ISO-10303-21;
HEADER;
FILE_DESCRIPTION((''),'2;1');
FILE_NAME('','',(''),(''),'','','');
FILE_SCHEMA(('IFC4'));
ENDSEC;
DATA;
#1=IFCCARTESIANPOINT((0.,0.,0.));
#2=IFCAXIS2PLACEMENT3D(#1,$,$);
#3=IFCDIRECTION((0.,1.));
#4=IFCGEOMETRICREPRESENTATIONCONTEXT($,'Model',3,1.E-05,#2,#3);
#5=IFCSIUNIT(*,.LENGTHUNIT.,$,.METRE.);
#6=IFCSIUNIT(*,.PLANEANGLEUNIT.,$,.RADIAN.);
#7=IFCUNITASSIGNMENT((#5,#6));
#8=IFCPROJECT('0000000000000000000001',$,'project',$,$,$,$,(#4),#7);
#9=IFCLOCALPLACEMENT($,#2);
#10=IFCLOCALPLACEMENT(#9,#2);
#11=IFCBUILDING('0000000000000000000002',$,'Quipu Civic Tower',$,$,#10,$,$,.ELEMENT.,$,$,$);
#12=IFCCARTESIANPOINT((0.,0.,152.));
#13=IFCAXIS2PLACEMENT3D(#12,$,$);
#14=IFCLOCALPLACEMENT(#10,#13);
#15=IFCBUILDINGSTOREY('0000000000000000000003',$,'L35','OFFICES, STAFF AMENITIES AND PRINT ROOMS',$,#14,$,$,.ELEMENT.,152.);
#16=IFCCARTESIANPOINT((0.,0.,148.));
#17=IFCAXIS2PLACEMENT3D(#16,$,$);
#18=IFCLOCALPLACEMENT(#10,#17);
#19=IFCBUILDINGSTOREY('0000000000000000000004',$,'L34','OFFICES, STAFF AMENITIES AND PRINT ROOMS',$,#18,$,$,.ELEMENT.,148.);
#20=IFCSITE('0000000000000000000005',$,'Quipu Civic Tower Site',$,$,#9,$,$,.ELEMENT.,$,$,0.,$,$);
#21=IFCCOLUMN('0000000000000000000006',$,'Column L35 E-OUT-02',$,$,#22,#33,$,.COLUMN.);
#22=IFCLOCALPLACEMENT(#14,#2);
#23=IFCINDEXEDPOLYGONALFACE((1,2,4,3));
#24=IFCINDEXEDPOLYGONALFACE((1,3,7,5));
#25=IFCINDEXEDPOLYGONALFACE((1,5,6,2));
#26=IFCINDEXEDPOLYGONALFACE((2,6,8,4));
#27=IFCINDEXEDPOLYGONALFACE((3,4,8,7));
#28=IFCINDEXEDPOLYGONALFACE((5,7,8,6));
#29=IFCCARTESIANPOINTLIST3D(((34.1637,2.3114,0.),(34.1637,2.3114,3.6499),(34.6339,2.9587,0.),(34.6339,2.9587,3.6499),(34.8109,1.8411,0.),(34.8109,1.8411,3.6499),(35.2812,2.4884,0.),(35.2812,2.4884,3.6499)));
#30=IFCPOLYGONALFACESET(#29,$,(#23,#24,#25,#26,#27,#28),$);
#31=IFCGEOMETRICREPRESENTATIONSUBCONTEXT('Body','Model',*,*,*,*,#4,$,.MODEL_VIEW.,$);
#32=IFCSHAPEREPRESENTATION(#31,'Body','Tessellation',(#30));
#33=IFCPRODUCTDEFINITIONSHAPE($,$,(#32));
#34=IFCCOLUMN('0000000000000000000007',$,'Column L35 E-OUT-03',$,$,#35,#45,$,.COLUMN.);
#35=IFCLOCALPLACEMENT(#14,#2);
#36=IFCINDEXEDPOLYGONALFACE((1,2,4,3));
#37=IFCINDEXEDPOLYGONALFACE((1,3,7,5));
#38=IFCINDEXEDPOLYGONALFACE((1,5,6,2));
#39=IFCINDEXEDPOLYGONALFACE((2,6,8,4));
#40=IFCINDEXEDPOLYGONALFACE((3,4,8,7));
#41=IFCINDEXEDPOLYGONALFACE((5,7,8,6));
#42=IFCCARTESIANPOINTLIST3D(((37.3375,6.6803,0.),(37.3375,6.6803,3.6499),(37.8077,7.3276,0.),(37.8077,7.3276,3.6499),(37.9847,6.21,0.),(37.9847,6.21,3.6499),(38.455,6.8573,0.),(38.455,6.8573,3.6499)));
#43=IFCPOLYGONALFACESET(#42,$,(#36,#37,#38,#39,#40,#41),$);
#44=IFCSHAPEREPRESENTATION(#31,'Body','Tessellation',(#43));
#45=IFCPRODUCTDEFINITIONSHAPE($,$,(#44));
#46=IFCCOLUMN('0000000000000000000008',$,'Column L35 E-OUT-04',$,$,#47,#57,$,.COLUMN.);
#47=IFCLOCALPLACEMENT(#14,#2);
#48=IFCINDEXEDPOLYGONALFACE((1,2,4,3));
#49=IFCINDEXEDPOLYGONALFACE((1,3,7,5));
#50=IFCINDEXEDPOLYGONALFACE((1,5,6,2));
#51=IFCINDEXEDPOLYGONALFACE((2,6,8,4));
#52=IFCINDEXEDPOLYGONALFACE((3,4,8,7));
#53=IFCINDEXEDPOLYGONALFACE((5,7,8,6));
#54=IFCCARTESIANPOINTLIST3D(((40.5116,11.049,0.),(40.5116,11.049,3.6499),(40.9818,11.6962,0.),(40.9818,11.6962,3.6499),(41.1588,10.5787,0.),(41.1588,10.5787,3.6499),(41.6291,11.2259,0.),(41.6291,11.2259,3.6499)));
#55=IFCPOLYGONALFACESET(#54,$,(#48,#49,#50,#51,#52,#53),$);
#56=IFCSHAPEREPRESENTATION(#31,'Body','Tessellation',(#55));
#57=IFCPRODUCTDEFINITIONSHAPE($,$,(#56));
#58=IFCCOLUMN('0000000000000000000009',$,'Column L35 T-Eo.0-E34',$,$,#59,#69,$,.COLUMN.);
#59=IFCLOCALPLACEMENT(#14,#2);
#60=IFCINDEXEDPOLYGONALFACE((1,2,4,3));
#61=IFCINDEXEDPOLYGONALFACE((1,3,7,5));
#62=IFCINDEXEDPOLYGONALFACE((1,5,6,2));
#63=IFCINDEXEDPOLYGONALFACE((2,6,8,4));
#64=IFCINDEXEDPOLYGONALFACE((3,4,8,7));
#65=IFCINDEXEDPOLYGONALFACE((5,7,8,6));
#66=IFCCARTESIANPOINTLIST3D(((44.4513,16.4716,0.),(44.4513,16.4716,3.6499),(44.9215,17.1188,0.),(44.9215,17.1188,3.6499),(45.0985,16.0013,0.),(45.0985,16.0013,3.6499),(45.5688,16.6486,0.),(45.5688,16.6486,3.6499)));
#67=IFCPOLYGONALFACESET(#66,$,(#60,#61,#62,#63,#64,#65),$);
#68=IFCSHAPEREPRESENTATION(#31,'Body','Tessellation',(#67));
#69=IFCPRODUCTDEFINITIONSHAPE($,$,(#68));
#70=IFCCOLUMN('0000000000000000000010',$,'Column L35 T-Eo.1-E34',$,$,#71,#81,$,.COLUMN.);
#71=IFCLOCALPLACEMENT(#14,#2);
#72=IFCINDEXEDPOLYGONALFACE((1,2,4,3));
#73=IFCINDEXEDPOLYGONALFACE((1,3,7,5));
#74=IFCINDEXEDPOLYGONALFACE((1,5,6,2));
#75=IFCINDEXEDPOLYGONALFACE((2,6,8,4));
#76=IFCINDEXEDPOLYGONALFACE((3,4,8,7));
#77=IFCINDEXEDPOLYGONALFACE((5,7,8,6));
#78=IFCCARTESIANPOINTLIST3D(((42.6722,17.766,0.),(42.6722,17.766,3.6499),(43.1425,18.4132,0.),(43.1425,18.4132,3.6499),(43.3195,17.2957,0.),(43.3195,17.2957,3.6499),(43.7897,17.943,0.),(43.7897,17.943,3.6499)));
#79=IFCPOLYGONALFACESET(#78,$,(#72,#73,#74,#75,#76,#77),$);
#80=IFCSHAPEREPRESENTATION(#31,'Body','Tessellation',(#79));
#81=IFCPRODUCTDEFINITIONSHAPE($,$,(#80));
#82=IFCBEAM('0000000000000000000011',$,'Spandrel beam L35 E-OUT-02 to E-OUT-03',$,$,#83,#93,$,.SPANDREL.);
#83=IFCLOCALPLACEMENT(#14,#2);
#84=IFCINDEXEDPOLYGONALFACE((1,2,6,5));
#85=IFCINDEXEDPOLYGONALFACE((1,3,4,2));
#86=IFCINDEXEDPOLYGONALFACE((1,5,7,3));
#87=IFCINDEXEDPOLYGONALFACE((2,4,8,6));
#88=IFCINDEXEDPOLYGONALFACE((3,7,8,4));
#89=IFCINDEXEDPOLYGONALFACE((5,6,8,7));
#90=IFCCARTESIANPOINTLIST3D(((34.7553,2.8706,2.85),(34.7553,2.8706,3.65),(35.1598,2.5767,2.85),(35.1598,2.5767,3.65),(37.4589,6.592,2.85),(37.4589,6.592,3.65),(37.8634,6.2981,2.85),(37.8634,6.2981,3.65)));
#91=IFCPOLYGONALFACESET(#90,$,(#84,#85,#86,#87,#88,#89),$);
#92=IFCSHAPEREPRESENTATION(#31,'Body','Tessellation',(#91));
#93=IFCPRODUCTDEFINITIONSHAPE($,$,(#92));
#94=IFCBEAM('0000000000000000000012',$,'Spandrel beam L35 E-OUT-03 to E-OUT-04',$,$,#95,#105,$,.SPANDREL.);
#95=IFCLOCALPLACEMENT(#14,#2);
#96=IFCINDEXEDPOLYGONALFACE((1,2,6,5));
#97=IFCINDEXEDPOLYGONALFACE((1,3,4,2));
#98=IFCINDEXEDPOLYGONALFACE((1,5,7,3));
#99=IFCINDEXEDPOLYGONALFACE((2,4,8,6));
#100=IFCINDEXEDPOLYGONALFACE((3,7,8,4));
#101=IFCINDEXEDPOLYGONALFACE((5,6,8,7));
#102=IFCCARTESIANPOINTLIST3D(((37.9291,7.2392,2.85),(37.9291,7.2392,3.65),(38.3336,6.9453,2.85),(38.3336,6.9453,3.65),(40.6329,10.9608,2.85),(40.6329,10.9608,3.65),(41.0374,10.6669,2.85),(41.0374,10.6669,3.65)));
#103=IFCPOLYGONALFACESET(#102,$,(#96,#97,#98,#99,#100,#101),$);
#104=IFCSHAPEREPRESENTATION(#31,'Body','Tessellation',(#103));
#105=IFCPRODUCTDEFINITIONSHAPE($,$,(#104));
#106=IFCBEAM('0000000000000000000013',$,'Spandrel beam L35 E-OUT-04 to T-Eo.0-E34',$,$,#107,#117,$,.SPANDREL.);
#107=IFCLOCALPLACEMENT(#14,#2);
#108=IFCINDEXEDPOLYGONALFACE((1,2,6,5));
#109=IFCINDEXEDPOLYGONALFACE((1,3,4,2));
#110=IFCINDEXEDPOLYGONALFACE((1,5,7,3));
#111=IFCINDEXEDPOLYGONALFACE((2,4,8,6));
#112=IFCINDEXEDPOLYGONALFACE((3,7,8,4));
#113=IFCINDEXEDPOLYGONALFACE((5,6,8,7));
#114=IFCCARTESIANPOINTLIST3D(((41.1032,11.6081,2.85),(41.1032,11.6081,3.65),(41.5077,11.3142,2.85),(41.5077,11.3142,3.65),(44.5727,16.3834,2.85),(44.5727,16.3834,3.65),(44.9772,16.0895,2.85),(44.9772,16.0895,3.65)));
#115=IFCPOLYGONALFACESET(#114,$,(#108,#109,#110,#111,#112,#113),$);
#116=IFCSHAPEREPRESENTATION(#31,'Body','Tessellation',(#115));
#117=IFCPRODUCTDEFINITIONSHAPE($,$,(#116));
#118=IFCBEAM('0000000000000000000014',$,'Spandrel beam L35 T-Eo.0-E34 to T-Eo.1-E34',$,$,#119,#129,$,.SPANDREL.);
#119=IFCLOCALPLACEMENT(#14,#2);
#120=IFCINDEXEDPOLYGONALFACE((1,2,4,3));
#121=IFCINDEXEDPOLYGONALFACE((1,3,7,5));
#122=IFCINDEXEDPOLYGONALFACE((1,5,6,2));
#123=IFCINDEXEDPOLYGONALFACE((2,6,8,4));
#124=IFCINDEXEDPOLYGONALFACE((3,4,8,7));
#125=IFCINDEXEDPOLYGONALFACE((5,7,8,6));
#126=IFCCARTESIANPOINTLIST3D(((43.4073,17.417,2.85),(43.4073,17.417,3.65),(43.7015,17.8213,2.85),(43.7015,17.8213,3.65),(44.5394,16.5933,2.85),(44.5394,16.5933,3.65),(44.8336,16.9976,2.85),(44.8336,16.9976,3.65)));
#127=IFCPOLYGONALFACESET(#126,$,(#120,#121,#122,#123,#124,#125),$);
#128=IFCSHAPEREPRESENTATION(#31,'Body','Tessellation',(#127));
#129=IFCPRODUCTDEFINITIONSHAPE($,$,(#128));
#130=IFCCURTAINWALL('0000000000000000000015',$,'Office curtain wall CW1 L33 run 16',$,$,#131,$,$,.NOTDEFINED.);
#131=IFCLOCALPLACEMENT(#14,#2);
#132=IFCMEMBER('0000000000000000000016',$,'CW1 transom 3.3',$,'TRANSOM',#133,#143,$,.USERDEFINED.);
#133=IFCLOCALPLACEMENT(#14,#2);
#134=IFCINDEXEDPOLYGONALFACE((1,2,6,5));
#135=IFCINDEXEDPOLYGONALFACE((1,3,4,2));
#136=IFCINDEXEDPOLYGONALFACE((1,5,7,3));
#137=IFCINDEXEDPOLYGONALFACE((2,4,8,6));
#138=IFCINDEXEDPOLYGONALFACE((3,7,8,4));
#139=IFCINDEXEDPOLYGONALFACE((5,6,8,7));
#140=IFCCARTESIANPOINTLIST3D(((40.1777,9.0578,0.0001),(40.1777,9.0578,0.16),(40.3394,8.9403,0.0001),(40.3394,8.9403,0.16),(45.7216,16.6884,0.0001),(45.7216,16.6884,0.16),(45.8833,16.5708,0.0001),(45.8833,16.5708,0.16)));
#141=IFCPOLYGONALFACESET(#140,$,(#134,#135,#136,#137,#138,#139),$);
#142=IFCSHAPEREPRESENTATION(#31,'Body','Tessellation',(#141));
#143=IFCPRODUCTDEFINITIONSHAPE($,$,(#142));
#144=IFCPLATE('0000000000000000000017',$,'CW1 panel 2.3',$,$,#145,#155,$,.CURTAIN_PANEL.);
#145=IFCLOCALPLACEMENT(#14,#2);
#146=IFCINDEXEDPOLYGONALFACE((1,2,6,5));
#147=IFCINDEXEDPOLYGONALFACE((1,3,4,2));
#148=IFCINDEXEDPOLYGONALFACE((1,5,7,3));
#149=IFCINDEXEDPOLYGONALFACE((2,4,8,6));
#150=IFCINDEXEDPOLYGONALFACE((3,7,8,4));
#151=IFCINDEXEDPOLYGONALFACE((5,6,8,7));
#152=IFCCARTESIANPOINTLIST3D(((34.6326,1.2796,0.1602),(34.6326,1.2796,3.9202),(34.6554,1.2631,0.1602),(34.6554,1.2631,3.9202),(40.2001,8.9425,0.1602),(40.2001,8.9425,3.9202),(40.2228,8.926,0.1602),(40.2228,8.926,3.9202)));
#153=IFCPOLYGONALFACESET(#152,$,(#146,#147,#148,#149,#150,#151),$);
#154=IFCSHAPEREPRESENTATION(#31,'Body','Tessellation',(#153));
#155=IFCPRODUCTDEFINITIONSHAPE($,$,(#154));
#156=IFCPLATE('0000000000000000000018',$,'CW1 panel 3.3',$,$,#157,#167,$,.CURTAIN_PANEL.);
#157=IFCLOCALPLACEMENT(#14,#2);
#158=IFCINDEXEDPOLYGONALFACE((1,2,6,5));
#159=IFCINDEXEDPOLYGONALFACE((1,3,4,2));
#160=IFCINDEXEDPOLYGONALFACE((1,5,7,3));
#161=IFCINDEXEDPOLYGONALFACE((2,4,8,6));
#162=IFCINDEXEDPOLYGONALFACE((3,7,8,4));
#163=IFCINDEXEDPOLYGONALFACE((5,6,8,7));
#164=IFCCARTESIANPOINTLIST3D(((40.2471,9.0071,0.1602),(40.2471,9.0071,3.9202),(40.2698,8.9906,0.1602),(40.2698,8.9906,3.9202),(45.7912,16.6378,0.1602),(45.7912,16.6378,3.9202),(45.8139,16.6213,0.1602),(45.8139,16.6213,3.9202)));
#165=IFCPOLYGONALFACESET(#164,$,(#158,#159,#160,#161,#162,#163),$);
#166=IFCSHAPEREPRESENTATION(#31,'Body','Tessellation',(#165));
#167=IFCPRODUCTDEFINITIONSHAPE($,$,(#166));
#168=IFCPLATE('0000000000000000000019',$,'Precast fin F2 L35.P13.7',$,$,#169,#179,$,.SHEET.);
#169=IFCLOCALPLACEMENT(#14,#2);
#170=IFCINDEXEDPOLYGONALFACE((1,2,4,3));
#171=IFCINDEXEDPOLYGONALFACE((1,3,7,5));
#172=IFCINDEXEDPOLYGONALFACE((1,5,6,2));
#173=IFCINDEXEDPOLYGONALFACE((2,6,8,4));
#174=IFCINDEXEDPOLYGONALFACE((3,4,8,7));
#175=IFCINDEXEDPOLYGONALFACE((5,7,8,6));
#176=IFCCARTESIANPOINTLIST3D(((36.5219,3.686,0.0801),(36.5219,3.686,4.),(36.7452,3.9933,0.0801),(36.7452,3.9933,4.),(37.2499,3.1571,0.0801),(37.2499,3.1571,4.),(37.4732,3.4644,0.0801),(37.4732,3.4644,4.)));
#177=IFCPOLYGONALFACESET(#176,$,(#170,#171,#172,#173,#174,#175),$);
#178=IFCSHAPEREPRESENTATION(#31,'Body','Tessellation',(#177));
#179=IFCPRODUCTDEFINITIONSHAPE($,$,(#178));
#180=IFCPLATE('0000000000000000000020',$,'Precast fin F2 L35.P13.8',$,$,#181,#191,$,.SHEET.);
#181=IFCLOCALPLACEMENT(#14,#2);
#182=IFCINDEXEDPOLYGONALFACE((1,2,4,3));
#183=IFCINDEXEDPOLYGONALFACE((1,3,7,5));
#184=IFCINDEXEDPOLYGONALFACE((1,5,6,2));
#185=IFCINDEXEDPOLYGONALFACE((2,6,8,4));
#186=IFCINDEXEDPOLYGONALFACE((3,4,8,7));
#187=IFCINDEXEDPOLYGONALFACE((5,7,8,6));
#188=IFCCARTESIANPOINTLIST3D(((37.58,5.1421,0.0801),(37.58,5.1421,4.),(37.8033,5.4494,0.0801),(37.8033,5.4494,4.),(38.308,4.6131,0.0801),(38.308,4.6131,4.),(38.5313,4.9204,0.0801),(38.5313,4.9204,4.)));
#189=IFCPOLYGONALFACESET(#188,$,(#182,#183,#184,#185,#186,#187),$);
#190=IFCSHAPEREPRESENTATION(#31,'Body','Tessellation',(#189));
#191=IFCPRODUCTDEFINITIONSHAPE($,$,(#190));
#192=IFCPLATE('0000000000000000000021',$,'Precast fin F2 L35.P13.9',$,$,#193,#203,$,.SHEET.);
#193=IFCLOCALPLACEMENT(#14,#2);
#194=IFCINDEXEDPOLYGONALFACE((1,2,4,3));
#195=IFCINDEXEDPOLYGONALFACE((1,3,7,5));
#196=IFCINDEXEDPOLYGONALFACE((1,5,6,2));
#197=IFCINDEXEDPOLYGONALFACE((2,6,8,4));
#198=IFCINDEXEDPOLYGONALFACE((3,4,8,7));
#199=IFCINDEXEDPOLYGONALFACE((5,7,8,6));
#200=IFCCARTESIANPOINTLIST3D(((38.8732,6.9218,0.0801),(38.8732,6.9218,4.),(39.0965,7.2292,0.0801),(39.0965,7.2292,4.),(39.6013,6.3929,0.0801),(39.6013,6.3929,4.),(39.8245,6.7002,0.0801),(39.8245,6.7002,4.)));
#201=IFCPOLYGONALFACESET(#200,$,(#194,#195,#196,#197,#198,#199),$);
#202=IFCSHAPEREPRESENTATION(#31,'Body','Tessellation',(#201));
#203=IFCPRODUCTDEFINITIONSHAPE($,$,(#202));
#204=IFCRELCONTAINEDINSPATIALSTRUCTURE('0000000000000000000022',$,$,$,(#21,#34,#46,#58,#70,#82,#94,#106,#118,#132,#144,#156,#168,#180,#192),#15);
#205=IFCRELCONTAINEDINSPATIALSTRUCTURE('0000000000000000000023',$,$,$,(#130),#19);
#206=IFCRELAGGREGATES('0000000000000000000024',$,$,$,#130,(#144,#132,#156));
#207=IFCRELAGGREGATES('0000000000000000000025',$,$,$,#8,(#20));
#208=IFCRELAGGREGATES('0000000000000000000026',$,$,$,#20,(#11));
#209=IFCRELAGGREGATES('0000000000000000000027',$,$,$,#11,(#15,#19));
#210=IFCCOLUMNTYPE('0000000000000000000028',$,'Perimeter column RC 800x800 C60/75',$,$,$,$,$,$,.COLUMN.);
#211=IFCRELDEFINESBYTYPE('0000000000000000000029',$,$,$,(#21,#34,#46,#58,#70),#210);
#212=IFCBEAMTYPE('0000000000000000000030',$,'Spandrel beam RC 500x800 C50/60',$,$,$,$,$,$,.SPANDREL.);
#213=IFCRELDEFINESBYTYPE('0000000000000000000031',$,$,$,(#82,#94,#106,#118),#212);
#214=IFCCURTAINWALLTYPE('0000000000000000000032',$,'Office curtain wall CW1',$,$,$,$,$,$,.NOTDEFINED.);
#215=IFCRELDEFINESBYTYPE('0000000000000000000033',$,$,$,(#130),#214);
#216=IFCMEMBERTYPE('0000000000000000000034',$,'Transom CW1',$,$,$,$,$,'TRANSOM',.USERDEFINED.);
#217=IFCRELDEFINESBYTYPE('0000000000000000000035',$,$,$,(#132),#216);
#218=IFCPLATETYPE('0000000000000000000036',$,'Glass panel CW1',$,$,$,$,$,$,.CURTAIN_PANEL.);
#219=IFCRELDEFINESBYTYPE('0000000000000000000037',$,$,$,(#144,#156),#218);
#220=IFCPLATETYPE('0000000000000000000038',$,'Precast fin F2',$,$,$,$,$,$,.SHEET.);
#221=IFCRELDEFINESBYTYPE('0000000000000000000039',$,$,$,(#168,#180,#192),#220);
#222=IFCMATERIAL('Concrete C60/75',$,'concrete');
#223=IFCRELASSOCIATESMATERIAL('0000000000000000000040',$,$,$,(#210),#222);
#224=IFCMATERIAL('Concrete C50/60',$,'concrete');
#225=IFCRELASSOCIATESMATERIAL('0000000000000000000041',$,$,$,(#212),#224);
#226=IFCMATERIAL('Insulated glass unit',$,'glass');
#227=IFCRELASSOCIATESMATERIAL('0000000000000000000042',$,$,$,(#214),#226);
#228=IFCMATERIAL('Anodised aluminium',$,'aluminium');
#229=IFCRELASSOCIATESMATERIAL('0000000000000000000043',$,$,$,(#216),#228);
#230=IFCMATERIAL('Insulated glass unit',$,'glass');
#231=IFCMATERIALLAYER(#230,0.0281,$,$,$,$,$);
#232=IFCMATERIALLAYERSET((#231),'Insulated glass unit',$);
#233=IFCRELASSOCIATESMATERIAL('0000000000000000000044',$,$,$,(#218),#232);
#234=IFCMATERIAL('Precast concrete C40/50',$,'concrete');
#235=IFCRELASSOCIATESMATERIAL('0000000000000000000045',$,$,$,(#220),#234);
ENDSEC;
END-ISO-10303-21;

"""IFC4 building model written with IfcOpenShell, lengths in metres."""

from ifc_helpers import new_model, si_unit, direction, frame, origin, origin_2d, place, context, subcontext, project, spatial, rectangle, extrude, material, layer, layer_set, material_profile, profile_set, type_object, element, aggregate, save


model = new_model("IFC4")

# Units and contexts
model_context = context("Model", 3, precision=1e-05, world=origin(), true_north=direction((0.0, 1.0)))
body_context = subcontext(model_context, "Body", "Model", "MODEL_VIEW")
ifc_project = project(units=[si_unit("LENGTHUNIT", "METRE"), si_unit("PLANEANGLEUNIT", "RADIAN")], contexts=[model_context])

# Site, building, storey
site_placement = place(None, origin())
site = spatial("IfcSite", under=ifc_project, at=site_placement, Name="Quipu Civic Tower Site", CompositionType="ELEMENT", RefElevation=0.0)
building_placement = place(site_placement, origin())
building = spatial("IfcBuilding", under=site, at=building_placement, Name="Quipu Civic Tower", CompositionType="ELEMENT")
storey_1_placement = place(building_placement, frame((0.0, 0.0, 152.0)))
storey_1 = spatial("IfcBuildingStorey", under=building, at=storey_1_placement, Name="L35", Description="OFFICES, STAFF AMENITIES AND PRINT ROOMS", CompositionType="ELEMENT", Elevation=152.0)

# Columns
ifc_material_1 = material(Name="Concrete C60/75", Category="concrete")
ifc_material_profile_1 = material_profile(ifc_material_1, rectangle(XDim=0.8, YDim=0.8, at=origin_2d()), Name="RC800x800")
ifc_profile_set_1 = profile_set([ifc_material_profile_1], Name="Concrete C60/75")
column_type = type_object("IfcColumnType", Name="Perimeter column RC 800x800 C60/75", PredefinedType="COLUMN", material=ifc_profile_set_1)
for number, where, z_axis, x_axis, name in (
    (1, (34.7224, 2.3999, 0.0), (0.0, 0.0, 1.0), (0.587785, 0.809017, 0.0), "Column L35 E-OUT-02"),
    (2, (37.8962, 6.7688, 0.0), (0.0, 0.0, 1.0), (0.587785, 0.809017, 0.0), "Column L35 E-OUT-03"),
    (3, (41.0703, 11.1375, 0.0), (0.0, 0.0, 1.0), (0.587785, 0.809017, 0.0), "Column L35 E-OUT-04"),
    (4, (45.01, 16.5601, 0.0), (0.0, 0.0, 1.0), (0.587785, 0.809017, 0.0), "Column L35 T-Eo.0-E34"),
    (5, (43.231, 17.8545, 0.0), (0.0, 0.0, 1.0), (0.587785, 0.809017, 0.0), "Column L35 T-Eo.1-E34"),
):
    element("IfcColumn", number, at=place(storey_1_placement, frame(where, z_axis=z_axis, x_axis=x_axis)), inside=storey_1, type_object=column_type, Name=name, PredefinedType="COLUMN", context=body_context, shape_type="SweptSolid", body=[
        extrude(rectangle(XDim=0.8, YDim=0.8, at=origin_2d()), origin(), (0.0, 0.0, 1.0), 3.6499),
    ])

# Beams
ifc_material_2 = material(Name="Concrete C50/60", Category="concrete")
ifc_material_profile_2 = material_profile(ifc_material_2, rectangle(XDim=0.5, YDim=0.8, at=origin_2d()), Name="RC500x800")
ifc_profile_set_2 = profile_set([ifc_material_profile_2], Name="Concrete C50/60")
beam_type = type_object("IfcBeamType", Name="Spandrel beam RC 500x800 C50/60", PredefinedType="SPANDREL", material=ifc_profile_set_2)
beam_1_placement = place(storey_1_placement, frame((34.9575, 2.7236, 3.25), z_axis=(0.587761, 0.809034, 0.0), x_axis=(-0.809034, 0.587761, 0.0)))
element("IfcBeam", 6, at=beam_1_placement, inside=storey_1, type_object=beam_type, Name="Spandrel beam L35 E-OUT-02 to E-OUT-03", PredefinedType="SPANDREL", context=body_context, shape_type="SweptSolid", body=[
    extrude(rectangle(XDim=0.5, YDim=0.8, at=origin_2d()), origin(), (0.0, 0.0, 1.0), 4.5999),
])
beam_2_placement = place(storey_1_placement, frame((38.1313, 7.0923, 3.25), z_axis=(0.587771, 0.809027, 0.0), x_axis=(-0.809027, 0.587771, 0.0)))
element("IfcBeam", 7, at=beam_2_placement, inside=storey_1, type_object=beam_type, Name="Spandrel beam L35 E-OUT-03 to E-OUT-04", PredefinedType="SPANDREL", context=body_context, shape_type="SweptSolid", body=[
    extrude(rectangle(XDim=0.5, YDim=0.8, at=origin_2d()), origin(), (0.0, 0.0, 1.0), 4.6001),
])
beam_3_placement = place(storey_1_placement, frame((41.3054, 11.4612, 3.25), z_axis=(0.5878, 0.809006, 0.0), x_axis=(-0.809006, 0.5878, 0.0)))
element("IfcBeam", 8, at=beam_3_placement, inside=storey_1, type_object=beam_type, Name="Spandrel beam L35 E-OUT-04 to T-Eo.0-E34", PredefinedType="SPANDREL", context=body_context, shape_type="SweptSolid", body=[
    extrude(rectangle(XDim=0.5, YDim=0.8, at=origin_2d()), origin(), (0.0, 0.0, 1.0), 5.9026),
])
beam_4_placement = place(storey_1_placement, frame((44.6865, 16.7954, 3.25), z_axis=(-0.8086, 0.588358, 0.0), x_axis=(-0.588358, -0.8086, 0.0)))
element("IfcBeam", 9, at=beam_4_placement, inside=storey_1, type_object=beam_type, Name="Spandrel beam L35 T-Eo.0-E34 to T-Eo.1-E34", PredefinedType="SPANDREL", context=body_context, shape_type="SweptSolid", body=[
    extrude(rectangle(XDim=0.5, YDim=0.8, at=origin_2d()), origin(), (0.0, 0.0, 1.0), 1.4001),
])

# Shared definitions
storey_2_placement = place(building_placement, frame((0.0, 0.0, 148.0)))
storey_2 = spatial("IfcBuildingStorey", under=building, at=storey_2_placement, Name="L34", Description="OFFICES, STAFF AMENITIES AND PRINT ROOMS", CompositionType="ELEMENT", Elevation=148.0)

# Curtain wall, member, plates
ifc_material_3 = material(Name="Insulated glass unit", Category="glass")
curtain_wall_type = type_object("IfcCurtainWallType", Name="Office curtain wall CW1", PredefinedType="NOTDEFINED", material=ifc_material_3)
curtain_wall_placement = place(storey_2_placement, origin())
curtain_wall = element("IfcCurtainWall", 10, at=curtain_wall_placement, inside=storey_2, type_object=curtain_wall_type, Name="Office curtain wall CW1 L33 run 16", PredefinedType="NOTDEFINED")
ifc_material_4 = material(Name="Anodised aluminium", Category="aluminium")
ifc_material_profile_3 = material_profile(ifc_material_4, rectangle(XDim=0.2, YDim=0.1599, at=origin_2d()), Name="RECT 200x160")
ifc_profile_set_3 = profile_set([ifc_material_profile_3], Name="Anodised aluminium")
member_type = type_object("IfcMemberType", Name="Transom CW1", ElementType="TRANSOM", PredefinedType="USERDEFINED", material=ifc_profile_set_3)
member_placement = place(storey_1_placement, frame((40.2585, 8.999, 0.0801), z_axis=(0.587784, 0.809018, 0.0), x_axis=(-0.809018, 0.587784, 0.0)))
member = element("IfcMember", 11, at=member_placement, inside=storey_1, type_object=member_type, Name="CW1 transom 3.3", ObjectType="TRANSOM", PredefinedType="USERDEFINED", context=body_context, shape_type="SweptSolid", body=[
    extrude(rectangle(XDim=0.2, YDim=0.1599, at=origin_2d()), origin(), (0.0, 0.0, 1.0), 9.4319),
])
ifc_material_5 = material(Name="Insulated glass unit", Category="glass")
ifc_layer_1 = layer(ifc_material_5, 0.0281)
ifc_layer_set_1 = layer_set([ifc_layer_1], Name="Insulated glass unit")
plate_type_1 = type_object("IfcPlateType", Name="Glass panel CW1", PredefinedType="CURTAIN_PANEL", material=ifc_layer_set_1)
plate_1_placement = place(storey_1_placement, frame((37.4277, 5.1028, 0.1602), z_axis=(0.0, 0.0, 1.0), x_axis=(0.587786, 0.809017, 0.0)))
plate_1 = element("IfcPlate", 12, at=plate_1_placement, inside=storey_1, type_object=plate_type_1, Name="CW1 panel 2.3", PredefinedType="CURTAIN_PANEL", context=body_context, shape_type="SweptSolid", body=[
    extrude(rectangle(XDim=9.4719, YDim=0.0281, at=origin_2d()), origin(), (0.0, 0.0, 1.0), 3.76),
])
plate_2_placement = place(storey_1_placement, frame((43.0305, 12.8142, 0.1602), z_axis=(0.0, 0.0, 1.0), x_axis=(0.587786, 0.809017, 0.0)))
plate_2 = element("IfcPlate", 13, at=plate_2_placement, inside=storey_1, type_object=plate_type_1, Name="CW1 panel 3.3", PredefinedType="CURTAIN_PANEL", context=body_context, shape_type="SweptSolid", body=[
    extrude(rectangle(XDim=9.4321, YDim=0.0281, at=origin_2d()), origin(), (0.0, 0.0, 1.0), 3.76),
])
aggregate(curtain_wall, [plate_1, member, plate_2])

# Plates
ifc_material_6 = material(Name="Precast concrete C40/50", Category="concrete")
plate_type_2 = type_object("IfcPlateType", Name="Precast fin F2", PredefinedType="SHEET", material=ifc_material_6)
for number, where, z_axis, x_axis, name in (
    (14, (36.9976, 3.5752, 0.0801), (0.0, 0.0, 1.0), (0.587786, 0.809017, 0.0), "Precast fin F2 L35.P13.7"),
    (15, (38.0557, 5.0312, 0.0801), (0.0, 0.0, 1.0), (0.587786, 0.809017, 0.0), "Precast fin F2 L35.P13.8"),
    (16, (39.3489, 6.811, 0.0801), (0.0, 0.0, 1.0), (0.587786, 0.809017, 0.0), "Precast fin F2 L35.P13.9"),
):
    element("IfcPlate", number, at=place(storey_1_placement, frame(where, z_axis=z_axis, x_axis=x_axis)), inside=storey_1, type_object=plate_type_2, Name=name, PredefinedType="SHEET", context=body_context, shape_type="SweptSolid", body=[
        extrude(rectangle(XDim=0.3799, YDim=0.8999, at=origin_2d()), origin(), (0.0, 0.0, 1.0), 3.9199),
    ])

save(model, "model.ifc")
